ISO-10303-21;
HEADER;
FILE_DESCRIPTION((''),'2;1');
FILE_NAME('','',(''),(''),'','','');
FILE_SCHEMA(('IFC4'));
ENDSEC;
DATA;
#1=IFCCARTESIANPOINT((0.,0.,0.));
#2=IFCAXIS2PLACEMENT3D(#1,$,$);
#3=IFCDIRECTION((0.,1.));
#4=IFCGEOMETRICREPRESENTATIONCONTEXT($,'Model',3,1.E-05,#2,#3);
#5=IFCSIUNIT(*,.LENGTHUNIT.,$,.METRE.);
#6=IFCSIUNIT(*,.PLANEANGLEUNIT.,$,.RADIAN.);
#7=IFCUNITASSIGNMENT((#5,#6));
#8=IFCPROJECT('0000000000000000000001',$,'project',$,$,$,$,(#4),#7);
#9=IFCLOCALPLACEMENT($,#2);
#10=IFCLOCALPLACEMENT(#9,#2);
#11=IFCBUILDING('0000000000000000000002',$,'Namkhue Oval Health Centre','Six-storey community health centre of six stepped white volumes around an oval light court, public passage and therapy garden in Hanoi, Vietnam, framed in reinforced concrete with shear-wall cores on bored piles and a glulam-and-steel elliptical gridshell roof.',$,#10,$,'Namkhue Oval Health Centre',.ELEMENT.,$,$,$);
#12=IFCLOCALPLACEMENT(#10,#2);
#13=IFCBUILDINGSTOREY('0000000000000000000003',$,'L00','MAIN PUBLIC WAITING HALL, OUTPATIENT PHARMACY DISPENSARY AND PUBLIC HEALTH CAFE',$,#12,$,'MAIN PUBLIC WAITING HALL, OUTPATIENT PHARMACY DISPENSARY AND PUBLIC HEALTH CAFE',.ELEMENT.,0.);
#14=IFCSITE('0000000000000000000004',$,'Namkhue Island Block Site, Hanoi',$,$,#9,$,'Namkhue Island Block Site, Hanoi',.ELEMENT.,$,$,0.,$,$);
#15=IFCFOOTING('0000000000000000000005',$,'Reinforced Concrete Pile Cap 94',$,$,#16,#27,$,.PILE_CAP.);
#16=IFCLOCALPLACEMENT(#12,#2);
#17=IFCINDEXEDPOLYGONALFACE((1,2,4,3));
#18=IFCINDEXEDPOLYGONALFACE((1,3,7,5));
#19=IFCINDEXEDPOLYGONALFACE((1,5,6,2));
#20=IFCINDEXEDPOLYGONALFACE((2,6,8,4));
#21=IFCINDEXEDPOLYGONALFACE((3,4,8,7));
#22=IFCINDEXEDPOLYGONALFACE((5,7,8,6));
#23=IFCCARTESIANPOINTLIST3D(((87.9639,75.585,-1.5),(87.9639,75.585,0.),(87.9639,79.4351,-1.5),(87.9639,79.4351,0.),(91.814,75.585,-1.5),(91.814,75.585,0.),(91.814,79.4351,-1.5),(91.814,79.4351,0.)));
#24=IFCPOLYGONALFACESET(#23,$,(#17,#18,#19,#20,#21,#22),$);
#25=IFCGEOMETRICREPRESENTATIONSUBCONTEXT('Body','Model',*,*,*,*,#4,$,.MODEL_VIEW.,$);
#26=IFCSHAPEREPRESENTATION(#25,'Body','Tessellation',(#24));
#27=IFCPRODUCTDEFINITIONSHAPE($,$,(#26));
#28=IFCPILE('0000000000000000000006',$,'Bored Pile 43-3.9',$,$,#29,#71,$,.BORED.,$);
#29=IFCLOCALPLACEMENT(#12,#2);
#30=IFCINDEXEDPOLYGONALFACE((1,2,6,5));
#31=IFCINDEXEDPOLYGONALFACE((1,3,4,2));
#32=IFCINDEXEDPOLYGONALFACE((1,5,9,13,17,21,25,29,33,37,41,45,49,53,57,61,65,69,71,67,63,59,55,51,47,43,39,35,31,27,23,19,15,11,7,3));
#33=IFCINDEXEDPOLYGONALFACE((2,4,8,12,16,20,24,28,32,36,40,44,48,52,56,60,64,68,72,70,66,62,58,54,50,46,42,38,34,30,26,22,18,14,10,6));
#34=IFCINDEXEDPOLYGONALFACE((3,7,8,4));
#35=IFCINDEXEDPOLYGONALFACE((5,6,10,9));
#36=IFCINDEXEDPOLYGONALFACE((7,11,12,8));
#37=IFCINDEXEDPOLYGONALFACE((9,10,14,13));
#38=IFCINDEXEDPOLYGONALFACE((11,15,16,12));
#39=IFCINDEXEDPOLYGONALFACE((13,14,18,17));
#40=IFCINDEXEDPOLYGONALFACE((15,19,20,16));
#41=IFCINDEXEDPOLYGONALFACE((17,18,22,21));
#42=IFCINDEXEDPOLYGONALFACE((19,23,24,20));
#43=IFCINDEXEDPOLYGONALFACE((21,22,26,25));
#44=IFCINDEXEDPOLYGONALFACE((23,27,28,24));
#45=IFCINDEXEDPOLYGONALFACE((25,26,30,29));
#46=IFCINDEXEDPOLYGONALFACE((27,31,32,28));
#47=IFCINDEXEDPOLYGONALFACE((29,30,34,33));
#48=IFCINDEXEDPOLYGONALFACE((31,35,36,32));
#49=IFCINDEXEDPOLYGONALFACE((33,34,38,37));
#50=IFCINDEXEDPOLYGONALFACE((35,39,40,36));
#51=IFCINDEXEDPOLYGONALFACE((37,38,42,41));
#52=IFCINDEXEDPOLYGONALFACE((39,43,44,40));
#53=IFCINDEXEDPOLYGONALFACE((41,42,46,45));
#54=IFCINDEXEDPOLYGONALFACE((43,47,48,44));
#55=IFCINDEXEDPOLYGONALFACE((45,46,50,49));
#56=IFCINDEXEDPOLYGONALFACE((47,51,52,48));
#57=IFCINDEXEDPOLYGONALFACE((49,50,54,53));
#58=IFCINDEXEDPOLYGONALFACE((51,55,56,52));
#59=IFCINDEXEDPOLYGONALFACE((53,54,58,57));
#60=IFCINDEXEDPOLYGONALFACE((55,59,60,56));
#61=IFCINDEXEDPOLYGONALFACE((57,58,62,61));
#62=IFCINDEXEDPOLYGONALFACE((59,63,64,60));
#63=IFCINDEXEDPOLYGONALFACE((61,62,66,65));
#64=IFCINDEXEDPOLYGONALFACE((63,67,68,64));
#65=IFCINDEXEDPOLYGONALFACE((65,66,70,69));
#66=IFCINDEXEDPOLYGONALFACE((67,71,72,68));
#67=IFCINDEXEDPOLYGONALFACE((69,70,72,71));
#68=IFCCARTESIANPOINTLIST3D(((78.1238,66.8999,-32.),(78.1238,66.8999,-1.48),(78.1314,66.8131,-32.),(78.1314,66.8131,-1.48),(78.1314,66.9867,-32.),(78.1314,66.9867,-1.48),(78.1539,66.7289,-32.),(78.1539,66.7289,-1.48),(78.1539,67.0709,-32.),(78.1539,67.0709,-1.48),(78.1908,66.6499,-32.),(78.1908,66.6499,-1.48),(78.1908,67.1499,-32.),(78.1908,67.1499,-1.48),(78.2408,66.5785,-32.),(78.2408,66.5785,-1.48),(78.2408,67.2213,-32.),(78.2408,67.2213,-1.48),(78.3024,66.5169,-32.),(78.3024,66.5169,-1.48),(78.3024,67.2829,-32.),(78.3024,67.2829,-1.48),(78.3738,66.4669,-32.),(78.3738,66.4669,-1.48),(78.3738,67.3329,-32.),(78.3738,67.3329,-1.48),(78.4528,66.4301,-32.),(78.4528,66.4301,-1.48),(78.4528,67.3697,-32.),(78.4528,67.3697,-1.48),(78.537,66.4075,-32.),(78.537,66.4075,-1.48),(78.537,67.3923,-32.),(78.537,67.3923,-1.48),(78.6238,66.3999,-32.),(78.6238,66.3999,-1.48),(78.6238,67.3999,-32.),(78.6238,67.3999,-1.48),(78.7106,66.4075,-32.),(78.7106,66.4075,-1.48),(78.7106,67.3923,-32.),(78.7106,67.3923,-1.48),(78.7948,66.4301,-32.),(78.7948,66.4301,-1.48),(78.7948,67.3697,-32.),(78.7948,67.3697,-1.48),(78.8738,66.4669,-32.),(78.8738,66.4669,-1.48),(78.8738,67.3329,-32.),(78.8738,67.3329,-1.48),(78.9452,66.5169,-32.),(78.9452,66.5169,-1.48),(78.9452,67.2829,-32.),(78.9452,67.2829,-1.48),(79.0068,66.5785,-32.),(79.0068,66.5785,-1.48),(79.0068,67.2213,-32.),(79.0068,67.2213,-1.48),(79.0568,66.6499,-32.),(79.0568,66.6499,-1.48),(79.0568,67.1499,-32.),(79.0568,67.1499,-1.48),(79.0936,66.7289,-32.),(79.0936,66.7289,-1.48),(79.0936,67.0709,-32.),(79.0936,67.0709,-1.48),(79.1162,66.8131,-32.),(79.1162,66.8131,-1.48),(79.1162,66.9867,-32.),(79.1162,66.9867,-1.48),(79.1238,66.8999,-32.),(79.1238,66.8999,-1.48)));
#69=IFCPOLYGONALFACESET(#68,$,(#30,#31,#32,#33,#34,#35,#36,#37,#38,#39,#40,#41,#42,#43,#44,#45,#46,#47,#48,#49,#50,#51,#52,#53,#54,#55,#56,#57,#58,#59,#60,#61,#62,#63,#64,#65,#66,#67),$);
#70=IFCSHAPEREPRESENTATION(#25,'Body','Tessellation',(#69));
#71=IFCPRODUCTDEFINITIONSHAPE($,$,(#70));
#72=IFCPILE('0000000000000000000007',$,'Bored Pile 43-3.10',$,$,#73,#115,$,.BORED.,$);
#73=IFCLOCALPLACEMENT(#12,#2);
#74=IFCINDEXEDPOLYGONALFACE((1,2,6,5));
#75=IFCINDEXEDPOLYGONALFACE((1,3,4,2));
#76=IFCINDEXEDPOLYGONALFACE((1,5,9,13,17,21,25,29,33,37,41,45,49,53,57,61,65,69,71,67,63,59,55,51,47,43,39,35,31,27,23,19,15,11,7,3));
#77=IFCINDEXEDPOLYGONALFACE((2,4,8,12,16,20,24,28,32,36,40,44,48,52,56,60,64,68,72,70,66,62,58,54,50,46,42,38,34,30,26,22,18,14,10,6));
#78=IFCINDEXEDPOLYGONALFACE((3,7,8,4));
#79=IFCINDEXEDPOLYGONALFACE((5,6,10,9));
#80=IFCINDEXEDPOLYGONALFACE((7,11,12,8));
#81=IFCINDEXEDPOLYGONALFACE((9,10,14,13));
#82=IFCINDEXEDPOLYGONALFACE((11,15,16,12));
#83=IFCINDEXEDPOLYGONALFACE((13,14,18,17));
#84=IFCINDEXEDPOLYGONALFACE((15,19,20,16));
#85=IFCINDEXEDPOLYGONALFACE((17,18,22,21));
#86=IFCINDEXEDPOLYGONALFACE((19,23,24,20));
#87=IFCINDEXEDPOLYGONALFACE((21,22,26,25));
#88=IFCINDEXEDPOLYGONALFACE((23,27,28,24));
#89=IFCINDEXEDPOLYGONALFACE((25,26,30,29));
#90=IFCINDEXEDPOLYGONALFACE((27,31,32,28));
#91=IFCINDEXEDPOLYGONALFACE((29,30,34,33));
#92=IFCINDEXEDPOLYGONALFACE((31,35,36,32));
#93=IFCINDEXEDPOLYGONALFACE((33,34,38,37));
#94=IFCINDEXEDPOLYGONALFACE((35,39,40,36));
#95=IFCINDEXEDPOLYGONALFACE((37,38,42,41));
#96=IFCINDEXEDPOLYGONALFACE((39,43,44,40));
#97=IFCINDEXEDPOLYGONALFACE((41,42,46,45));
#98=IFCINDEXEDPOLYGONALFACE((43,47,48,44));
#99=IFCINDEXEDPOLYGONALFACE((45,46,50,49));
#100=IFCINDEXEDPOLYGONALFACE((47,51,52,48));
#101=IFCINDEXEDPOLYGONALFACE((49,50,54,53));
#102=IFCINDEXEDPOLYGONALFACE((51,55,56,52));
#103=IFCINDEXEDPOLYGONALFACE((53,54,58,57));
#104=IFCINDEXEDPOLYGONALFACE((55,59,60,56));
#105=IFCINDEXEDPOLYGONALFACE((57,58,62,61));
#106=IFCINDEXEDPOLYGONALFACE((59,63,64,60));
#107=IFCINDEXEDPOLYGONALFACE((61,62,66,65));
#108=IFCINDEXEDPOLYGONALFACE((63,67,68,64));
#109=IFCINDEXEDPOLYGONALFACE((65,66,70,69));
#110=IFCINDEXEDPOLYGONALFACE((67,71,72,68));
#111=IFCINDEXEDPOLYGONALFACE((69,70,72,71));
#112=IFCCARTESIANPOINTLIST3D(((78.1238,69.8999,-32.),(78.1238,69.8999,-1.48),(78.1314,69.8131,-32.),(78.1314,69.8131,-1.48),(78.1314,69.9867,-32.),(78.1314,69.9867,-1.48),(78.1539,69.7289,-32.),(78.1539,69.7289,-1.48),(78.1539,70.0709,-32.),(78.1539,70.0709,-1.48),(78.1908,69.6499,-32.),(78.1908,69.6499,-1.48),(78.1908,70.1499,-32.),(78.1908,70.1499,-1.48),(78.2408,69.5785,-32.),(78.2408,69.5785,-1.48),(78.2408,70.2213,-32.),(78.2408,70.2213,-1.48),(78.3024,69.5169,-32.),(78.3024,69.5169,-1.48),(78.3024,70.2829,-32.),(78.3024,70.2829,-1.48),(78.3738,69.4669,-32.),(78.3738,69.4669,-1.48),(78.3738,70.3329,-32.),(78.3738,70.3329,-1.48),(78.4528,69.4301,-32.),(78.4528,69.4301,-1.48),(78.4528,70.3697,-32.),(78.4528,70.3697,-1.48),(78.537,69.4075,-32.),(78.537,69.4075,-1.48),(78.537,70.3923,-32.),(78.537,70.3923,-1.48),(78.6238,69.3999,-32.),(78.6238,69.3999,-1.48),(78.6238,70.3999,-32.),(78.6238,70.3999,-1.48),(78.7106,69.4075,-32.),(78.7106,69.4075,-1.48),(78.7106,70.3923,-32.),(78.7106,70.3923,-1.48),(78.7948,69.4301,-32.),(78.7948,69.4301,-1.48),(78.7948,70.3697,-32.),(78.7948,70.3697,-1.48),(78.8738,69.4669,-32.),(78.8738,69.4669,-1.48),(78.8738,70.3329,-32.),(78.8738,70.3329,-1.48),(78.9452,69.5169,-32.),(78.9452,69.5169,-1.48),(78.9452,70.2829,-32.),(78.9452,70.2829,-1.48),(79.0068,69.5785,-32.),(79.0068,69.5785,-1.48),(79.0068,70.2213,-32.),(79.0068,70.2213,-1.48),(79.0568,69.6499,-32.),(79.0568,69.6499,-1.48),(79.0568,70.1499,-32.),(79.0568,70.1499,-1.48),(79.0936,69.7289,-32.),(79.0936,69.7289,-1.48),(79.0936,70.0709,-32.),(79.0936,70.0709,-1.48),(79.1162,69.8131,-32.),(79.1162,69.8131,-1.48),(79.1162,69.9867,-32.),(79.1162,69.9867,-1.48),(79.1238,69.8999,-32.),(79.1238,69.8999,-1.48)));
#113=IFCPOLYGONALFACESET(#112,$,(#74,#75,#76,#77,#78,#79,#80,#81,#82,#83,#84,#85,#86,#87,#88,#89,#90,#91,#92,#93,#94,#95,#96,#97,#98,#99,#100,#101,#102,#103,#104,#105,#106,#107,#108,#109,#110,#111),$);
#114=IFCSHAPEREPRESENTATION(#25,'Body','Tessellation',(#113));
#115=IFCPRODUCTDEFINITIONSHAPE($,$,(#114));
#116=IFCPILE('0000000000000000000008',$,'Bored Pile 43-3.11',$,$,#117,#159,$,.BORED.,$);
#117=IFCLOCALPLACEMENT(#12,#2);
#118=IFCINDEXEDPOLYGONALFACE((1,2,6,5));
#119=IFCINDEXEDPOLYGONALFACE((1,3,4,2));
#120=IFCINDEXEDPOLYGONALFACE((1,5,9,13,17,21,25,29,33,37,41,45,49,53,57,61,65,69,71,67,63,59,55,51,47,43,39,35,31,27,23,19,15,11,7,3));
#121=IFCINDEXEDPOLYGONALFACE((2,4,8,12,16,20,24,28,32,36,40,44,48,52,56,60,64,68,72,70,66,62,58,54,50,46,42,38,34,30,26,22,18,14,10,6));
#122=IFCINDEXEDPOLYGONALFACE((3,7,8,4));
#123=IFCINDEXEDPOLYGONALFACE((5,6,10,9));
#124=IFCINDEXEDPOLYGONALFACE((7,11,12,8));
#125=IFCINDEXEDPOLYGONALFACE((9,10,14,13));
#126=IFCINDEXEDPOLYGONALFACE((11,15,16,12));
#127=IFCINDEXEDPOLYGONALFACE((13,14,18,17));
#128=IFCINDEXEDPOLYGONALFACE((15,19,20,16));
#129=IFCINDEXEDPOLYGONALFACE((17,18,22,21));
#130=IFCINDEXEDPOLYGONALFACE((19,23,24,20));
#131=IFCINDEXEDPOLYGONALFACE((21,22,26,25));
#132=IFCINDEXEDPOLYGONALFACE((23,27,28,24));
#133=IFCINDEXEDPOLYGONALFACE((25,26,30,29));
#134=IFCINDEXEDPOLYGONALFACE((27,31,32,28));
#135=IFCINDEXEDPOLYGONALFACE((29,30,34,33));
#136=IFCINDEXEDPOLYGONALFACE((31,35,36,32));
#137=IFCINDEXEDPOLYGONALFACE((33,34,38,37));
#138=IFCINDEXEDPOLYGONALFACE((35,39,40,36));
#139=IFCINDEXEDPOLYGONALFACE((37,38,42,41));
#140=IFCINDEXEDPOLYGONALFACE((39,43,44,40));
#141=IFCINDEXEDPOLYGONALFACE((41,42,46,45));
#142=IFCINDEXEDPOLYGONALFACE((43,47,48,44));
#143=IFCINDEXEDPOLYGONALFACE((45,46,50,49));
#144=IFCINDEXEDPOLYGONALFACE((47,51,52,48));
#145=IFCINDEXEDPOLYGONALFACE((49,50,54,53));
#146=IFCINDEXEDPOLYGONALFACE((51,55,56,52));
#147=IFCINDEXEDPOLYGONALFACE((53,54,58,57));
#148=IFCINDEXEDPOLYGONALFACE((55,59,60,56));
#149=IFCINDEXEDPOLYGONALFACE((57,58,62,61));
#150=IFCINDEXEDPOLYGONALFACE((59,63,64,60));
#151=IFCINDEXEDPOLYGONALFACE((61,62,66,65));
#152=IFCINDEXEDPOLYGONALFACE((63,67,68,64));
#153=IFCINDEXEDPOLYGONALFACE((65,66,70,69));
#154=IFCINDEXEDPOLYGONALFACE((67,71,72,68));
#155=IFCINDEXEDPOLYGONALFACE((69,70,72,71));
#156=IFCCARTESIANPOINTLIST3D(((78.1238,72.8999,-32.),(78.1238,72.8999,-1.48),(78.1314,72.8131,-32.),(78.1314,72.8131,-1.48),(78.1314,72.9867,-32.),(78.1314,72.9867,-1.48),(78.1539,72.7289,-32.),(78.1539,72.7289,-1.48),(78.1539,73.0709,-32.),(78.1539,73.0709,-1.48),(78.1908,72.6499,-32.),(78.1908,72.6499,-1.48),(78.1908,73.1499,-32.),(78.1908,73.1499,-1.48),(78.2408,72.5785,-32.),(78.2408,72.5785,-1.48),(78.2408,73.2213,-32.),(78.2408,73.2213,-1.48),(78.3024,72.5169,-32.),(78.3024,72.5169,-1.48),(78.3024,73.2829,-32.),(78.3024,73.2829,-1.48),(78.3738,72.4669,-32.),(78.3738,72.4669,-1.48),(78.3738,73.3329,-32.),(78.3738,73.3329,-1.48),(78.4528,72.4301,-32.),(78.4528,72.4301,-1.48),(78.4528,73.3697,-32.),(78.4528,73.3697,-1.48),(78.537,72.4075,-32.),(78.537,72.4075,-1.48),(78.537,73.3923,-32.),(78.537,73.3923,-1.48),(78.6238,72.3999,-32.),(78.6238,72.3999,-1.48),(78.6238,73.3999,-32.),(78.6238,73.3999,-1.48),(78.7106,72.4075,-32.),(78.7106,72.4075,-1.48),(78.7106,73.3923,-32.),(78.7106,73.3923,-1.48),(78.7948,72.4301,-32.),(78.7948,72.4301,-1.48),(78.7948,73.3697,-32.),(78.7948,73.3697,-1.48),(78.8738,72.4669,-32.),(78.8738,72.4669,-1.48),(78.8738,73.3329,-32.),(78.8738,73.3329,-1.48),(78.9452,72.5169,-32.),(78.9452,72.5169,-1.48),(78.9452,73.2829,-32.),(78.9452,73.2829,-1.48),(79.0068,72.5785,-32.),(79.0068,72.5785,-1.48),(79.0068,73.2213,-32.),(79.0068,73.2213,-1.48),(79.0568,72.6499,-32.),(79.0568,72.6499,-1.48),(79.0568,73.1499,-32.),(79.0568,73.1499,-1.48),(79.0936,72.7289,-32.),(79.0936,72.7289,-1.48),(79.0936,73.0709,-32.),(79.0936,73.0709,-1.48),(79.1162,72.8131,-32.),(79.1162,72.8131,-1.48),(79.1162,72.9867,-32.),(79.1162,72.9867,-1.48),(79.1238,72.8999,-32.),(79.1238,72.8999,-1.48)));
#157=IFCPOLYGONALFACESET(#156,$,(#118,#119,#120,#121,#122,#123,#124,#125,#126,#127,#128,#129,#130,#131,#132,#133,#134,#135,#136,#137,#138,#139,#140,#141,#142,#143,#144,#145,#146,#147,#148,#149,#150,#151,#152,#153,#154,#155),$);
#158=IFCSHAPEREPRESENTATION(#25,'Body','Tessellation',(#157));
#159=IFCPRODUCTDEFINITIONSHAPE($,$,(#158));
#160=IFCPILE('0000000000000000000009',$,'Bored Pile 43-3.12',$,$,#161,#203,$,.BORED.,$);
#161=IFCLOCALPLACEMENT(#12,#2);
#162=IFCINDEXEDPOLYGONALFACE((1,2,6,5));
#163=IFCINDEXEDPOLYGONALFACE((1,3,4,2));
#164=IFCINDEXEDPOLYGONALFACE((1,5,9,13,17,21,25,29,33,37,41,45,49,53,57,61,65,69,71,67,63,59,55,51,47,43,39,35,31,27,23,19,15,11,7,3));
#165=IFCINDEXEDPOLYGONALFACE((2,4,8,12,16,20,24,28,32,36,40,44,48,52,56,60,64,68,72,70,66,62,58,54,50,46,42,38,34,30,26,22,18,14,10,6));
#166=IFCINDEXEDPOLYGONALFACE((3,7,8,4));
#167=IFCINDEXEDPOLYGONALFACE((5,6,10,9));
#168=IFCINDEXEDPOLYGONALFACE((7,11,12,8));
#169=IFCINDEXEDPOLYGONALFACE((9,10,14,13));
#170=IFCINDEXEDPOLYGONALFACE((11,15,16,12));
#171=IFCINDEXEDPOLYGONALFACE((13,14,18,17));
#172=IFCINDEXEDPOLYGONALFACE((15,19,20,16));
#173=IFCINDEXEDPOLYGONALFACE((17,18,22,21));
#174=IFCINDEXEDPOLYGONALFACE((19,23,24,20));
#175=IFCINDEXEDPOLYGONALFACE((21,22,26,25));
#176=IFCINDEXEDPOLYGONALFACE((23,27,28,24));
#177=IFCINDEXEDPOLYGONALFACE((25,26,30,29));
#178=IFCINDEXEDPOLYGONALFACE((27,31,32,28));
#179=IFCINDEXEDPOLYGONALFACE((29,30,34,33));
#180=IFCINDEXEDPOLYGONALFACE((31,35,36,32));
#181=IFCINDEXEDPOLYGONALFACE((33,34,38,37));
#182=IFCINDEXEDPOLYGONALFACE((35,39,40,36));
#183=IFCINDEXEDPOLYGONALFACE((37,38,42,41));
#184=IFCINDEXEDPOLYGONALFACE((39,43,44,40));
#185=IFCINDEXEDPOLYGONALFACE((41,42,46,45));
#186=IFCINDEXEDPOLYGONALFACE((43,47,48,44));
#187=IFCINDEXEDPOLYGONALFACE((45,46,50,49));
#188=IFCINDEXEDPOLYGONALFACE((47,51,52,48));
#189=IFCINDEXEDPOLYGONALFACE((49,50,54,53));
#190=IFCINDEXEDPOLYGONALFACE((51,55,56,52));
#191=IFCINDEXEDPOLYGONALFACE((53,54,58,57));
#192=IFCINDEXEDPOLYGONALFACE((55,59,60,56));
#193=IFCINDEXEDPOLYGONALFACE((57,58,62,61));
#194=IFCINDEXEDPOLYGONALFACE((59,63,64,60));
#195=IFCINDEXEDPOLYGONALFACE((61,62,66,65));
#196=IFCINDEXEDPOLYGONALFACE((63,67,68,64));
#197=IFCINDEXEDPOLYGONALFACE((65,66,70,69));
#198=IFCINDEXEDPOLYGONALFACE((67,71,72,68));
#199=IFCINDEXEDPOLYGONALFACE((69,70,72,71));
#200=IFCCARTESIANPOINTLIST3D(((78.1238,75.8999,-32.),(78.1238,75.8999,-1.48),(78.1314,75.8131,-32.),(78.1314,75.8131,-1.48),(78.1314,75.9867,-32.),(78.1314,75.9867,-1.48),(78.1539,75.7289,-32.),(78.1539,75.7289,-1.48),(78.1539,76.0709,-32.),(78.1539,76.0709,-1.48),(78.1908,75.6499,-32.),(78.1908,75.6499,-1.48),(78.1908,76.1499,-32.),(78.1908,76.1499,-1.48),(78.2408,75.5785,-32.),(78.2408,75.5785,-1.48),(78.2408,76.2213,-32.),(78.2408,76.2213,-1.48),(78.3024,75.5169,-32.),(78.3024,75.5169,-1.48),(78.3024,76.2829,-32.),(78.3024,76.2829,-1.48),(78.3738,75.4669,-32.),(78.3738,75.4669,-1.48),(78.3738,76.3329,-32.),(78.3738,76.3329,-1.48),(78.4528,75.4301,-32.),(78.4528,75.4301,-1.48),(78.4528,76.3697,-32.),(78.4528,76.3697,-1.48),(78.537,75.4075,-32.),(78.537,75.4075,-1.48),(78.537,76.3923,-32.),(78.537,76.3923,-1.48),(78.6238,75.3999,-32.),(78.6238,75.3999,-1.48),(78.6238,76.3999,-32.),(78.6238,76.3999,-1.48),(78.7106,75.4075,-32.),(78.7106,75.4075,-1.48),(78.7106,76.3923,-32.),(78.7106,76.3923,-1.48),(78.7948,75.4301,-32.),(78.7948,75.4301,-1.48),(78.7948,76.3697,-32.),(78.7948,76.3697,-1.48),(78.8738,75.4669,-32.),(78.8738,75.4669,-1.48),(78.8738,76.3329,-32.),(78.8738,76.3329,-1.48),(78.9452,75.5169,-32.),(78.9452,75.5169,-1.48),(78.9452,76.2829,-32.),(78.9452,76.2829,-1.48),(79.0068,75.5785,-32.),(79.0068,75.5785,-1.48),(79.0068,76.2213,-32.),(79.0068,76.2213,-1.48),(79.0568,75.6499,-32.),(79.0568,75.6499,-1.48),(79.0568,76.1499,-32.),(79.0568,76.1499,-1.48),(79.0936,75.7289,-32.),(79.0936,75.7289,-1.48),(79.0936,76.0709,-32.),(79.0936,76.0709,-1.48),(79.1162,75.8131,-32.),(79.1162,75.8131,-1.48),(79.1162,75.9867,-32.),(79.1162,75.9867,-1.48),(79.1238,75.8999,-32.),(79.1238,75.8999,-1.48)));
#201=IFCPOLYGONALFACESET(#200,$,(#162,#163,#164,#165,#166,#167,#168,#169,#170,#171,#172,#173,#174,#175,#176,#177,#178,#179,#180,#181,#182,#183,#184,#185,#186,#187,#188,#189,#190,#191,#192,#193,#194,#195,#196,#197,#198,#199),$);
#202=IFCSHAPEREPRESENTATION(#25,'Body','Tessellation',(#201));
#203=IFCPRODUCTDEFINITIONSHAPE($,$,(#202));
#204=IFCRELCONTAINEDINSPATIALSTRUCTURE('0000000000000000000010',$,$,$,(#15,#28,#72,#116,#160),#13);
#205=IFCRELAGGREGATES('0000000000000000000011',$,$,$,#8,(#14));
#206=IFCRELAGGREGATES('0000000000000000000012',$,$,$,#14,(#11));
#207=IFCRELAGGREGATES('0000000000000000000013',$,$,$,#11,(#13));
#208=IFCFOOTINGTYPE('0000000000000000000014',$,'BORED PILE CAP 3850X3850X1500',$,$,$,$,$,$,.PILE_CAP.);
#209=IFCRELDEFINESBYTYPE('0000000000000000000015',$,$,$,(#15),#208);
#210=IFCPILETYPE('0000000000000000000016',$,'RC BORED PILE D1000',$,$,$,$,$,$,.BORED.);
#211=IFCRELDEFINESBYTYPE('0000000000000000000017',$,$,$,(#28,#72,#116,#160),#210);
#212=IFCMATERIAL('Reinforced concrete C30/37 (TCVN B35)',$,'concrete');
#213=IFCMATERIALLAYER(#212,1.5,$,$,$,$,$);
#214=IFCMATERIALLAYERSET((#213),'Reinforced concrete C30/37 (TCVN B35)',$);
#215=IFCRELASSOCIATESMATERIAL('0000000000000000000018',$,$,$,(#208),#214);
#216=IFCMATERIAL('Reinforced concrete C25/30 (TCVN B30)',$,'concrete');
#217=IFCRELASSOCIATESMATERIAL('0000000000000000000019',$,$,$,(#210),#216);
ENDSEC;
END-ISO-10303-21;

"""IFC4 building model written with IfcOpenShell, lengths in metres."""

from ifc_helpers import new_model, si_unit, direction, frame, origin, origin_2d, place, context, subcontext, project, spatial, rectangle, circle, extrude, material, layer, layer_set, material_profile, profile_set, type_object, element, save


model = new_model("IFC4")

# Units and contexts
model_context = context("Model", 3, precision=1e-05, world=origin(), true_north=direction((0.0, 1.0)))
body_context = subcontext(model_context, "Body", "Model", "MODEL_VIEW")
ifc_project = project(units=[si_unit("LENGTHUNIT", "METRE"), si_unit("PLANEANGLEUNIT", "RADIAN")], contexts=[model_context])

# Site, building, storey
site_placement = place(None, origin())
site = spatial("IfcSite", under=ifc_project, at=site_placement, Name="Namkhue Island Block Site, Hanoi", LongName="Namkhue Island Block Site, Hanoi", CompositionType="ELEMENT", RefElevation=0.0)
building_placement = place(site_placement, origin())
building = spatial("IfcBuilding", under=site, at=building_placement, Name="Namkhue Oval Health Centre", Description="Six-storey community health centre of six stepped white volumes around an oval light court, public passage and therapy garden in Hanoi, Vietnam, framed in reinforced concrete with shear-wall cores on bored piles and a glulam-and-steel elliptical gridshell roof.", LongName="Namkhue Oval Health Centre", CompositionType="ELEMENT")
storey_placement = place(building_placement, origin())
storey = spatial("IfcBuildingStorey", under=building, at=storey_placement, Name="L00", Description="MAIN PUBLIC WAITING HALL, OUTPATIENT PHARMACY DISPENSARY AND PUBLIC HEALTH CAFE", LongName="MAIN PUBLIC WAITING HALL, OUTPATIENT PHARMACY DISPENSARY AND PUBLIC HEALTH CAFE", CompositionType="ELEMENT", Elevation=0.0)

# Footing
ifc_material_1 = material(Name="Reinforced concrete C30/37 (TCVN B35)", Category="concrete")
ifc_layer = layer(ifc_material_1, 1.5)
ifc_layer_set = layer_set([ifc_layer], Name="Reinforced concrete C30/37 (TCVN B35)")
footing_type = type_object("IfcFootingType", Name="BORED PILE CAP 3850X3850X1500", PredefinedType="PILE_CAP", material=ifc_layer_set)
footing_placement = place(storey_placement, frame((89.8889, 77.51, -1.5), z_axis=(0.0, 0.0, 1.0), x_axis=(1.0, 0.0, 0.0)))
element("IfcFooting", 1, at=footing_placement, inside=storey, type_object=footing_type, Name="Reinforced Concrete Pile Cap 94", PredefinedType="PILE_CAP", context=body_context, shape_type="SweptSolid", body=[
    extrude(rectangle(XDim=3.8501, YDim=3.8501, at=origin_2d()), origin(), (0.0, 0.0, 1.0), 1.5),
])

# Piles
ifc_material_2 = material(Name="Reinforced concrete C25/30 (TCVN B30)", Category="concrete")
ifc_material_profile_1 = material_profile(ifc_material_2, circle(Radius=0.5, at=origin_2d()), Name="BORED PILE D1000")
ifc_profile_set_1 = profile_set([ifc_material_profile_1], Name="Reinforced concrete C25/30 (TCVN B30)")
pile_type_1 = type_object("IfcPileType", Name="RC BORED PILE D1000", PredefinedType="BORED", material=ifc_profile_set_1)
for number, where, z_axis, x_axis, name in (
    (2, (78.6238, 66.8999, -1.48), (0.0, 0.0, -1.0), (1.0, 0.0, 0.0), "Bored Pile 43-3.9"),
    (3, (78.6238, 69.8999, -1.48), (0.0, 0.0, -1.0), (1.0, 0.0, 0.0), "Bored Pile 43-3.10"),
    (4, (78.6238, 72.8999, -1.48), (0.0, 0.0, -1.0), (1.0, 0.0, 0.0), "Bored Pile 43-3.11"),
    (5, (78.6238, 75.8999, -1.48), (0.0, 0.0, -1.0), (1.0, 0.0, 0.0), "Bored Pile 43-3.12"),
):
    element("IfcPile", number, at=place(storey_placement, frame(where, z_axis=z_axis, x_axis=x_axis)), inside=storey, type_object=pile_type_1, Name=name, PredefinedType="BORED", context=body_context, shape_type="SweptSolid", body=[
        extrude(circle(Radius=0.5, at=origin_2d()), origin(), (0.0, 0.0, 1.0), 30.52),
    ])

save(model, "model.ifc")
